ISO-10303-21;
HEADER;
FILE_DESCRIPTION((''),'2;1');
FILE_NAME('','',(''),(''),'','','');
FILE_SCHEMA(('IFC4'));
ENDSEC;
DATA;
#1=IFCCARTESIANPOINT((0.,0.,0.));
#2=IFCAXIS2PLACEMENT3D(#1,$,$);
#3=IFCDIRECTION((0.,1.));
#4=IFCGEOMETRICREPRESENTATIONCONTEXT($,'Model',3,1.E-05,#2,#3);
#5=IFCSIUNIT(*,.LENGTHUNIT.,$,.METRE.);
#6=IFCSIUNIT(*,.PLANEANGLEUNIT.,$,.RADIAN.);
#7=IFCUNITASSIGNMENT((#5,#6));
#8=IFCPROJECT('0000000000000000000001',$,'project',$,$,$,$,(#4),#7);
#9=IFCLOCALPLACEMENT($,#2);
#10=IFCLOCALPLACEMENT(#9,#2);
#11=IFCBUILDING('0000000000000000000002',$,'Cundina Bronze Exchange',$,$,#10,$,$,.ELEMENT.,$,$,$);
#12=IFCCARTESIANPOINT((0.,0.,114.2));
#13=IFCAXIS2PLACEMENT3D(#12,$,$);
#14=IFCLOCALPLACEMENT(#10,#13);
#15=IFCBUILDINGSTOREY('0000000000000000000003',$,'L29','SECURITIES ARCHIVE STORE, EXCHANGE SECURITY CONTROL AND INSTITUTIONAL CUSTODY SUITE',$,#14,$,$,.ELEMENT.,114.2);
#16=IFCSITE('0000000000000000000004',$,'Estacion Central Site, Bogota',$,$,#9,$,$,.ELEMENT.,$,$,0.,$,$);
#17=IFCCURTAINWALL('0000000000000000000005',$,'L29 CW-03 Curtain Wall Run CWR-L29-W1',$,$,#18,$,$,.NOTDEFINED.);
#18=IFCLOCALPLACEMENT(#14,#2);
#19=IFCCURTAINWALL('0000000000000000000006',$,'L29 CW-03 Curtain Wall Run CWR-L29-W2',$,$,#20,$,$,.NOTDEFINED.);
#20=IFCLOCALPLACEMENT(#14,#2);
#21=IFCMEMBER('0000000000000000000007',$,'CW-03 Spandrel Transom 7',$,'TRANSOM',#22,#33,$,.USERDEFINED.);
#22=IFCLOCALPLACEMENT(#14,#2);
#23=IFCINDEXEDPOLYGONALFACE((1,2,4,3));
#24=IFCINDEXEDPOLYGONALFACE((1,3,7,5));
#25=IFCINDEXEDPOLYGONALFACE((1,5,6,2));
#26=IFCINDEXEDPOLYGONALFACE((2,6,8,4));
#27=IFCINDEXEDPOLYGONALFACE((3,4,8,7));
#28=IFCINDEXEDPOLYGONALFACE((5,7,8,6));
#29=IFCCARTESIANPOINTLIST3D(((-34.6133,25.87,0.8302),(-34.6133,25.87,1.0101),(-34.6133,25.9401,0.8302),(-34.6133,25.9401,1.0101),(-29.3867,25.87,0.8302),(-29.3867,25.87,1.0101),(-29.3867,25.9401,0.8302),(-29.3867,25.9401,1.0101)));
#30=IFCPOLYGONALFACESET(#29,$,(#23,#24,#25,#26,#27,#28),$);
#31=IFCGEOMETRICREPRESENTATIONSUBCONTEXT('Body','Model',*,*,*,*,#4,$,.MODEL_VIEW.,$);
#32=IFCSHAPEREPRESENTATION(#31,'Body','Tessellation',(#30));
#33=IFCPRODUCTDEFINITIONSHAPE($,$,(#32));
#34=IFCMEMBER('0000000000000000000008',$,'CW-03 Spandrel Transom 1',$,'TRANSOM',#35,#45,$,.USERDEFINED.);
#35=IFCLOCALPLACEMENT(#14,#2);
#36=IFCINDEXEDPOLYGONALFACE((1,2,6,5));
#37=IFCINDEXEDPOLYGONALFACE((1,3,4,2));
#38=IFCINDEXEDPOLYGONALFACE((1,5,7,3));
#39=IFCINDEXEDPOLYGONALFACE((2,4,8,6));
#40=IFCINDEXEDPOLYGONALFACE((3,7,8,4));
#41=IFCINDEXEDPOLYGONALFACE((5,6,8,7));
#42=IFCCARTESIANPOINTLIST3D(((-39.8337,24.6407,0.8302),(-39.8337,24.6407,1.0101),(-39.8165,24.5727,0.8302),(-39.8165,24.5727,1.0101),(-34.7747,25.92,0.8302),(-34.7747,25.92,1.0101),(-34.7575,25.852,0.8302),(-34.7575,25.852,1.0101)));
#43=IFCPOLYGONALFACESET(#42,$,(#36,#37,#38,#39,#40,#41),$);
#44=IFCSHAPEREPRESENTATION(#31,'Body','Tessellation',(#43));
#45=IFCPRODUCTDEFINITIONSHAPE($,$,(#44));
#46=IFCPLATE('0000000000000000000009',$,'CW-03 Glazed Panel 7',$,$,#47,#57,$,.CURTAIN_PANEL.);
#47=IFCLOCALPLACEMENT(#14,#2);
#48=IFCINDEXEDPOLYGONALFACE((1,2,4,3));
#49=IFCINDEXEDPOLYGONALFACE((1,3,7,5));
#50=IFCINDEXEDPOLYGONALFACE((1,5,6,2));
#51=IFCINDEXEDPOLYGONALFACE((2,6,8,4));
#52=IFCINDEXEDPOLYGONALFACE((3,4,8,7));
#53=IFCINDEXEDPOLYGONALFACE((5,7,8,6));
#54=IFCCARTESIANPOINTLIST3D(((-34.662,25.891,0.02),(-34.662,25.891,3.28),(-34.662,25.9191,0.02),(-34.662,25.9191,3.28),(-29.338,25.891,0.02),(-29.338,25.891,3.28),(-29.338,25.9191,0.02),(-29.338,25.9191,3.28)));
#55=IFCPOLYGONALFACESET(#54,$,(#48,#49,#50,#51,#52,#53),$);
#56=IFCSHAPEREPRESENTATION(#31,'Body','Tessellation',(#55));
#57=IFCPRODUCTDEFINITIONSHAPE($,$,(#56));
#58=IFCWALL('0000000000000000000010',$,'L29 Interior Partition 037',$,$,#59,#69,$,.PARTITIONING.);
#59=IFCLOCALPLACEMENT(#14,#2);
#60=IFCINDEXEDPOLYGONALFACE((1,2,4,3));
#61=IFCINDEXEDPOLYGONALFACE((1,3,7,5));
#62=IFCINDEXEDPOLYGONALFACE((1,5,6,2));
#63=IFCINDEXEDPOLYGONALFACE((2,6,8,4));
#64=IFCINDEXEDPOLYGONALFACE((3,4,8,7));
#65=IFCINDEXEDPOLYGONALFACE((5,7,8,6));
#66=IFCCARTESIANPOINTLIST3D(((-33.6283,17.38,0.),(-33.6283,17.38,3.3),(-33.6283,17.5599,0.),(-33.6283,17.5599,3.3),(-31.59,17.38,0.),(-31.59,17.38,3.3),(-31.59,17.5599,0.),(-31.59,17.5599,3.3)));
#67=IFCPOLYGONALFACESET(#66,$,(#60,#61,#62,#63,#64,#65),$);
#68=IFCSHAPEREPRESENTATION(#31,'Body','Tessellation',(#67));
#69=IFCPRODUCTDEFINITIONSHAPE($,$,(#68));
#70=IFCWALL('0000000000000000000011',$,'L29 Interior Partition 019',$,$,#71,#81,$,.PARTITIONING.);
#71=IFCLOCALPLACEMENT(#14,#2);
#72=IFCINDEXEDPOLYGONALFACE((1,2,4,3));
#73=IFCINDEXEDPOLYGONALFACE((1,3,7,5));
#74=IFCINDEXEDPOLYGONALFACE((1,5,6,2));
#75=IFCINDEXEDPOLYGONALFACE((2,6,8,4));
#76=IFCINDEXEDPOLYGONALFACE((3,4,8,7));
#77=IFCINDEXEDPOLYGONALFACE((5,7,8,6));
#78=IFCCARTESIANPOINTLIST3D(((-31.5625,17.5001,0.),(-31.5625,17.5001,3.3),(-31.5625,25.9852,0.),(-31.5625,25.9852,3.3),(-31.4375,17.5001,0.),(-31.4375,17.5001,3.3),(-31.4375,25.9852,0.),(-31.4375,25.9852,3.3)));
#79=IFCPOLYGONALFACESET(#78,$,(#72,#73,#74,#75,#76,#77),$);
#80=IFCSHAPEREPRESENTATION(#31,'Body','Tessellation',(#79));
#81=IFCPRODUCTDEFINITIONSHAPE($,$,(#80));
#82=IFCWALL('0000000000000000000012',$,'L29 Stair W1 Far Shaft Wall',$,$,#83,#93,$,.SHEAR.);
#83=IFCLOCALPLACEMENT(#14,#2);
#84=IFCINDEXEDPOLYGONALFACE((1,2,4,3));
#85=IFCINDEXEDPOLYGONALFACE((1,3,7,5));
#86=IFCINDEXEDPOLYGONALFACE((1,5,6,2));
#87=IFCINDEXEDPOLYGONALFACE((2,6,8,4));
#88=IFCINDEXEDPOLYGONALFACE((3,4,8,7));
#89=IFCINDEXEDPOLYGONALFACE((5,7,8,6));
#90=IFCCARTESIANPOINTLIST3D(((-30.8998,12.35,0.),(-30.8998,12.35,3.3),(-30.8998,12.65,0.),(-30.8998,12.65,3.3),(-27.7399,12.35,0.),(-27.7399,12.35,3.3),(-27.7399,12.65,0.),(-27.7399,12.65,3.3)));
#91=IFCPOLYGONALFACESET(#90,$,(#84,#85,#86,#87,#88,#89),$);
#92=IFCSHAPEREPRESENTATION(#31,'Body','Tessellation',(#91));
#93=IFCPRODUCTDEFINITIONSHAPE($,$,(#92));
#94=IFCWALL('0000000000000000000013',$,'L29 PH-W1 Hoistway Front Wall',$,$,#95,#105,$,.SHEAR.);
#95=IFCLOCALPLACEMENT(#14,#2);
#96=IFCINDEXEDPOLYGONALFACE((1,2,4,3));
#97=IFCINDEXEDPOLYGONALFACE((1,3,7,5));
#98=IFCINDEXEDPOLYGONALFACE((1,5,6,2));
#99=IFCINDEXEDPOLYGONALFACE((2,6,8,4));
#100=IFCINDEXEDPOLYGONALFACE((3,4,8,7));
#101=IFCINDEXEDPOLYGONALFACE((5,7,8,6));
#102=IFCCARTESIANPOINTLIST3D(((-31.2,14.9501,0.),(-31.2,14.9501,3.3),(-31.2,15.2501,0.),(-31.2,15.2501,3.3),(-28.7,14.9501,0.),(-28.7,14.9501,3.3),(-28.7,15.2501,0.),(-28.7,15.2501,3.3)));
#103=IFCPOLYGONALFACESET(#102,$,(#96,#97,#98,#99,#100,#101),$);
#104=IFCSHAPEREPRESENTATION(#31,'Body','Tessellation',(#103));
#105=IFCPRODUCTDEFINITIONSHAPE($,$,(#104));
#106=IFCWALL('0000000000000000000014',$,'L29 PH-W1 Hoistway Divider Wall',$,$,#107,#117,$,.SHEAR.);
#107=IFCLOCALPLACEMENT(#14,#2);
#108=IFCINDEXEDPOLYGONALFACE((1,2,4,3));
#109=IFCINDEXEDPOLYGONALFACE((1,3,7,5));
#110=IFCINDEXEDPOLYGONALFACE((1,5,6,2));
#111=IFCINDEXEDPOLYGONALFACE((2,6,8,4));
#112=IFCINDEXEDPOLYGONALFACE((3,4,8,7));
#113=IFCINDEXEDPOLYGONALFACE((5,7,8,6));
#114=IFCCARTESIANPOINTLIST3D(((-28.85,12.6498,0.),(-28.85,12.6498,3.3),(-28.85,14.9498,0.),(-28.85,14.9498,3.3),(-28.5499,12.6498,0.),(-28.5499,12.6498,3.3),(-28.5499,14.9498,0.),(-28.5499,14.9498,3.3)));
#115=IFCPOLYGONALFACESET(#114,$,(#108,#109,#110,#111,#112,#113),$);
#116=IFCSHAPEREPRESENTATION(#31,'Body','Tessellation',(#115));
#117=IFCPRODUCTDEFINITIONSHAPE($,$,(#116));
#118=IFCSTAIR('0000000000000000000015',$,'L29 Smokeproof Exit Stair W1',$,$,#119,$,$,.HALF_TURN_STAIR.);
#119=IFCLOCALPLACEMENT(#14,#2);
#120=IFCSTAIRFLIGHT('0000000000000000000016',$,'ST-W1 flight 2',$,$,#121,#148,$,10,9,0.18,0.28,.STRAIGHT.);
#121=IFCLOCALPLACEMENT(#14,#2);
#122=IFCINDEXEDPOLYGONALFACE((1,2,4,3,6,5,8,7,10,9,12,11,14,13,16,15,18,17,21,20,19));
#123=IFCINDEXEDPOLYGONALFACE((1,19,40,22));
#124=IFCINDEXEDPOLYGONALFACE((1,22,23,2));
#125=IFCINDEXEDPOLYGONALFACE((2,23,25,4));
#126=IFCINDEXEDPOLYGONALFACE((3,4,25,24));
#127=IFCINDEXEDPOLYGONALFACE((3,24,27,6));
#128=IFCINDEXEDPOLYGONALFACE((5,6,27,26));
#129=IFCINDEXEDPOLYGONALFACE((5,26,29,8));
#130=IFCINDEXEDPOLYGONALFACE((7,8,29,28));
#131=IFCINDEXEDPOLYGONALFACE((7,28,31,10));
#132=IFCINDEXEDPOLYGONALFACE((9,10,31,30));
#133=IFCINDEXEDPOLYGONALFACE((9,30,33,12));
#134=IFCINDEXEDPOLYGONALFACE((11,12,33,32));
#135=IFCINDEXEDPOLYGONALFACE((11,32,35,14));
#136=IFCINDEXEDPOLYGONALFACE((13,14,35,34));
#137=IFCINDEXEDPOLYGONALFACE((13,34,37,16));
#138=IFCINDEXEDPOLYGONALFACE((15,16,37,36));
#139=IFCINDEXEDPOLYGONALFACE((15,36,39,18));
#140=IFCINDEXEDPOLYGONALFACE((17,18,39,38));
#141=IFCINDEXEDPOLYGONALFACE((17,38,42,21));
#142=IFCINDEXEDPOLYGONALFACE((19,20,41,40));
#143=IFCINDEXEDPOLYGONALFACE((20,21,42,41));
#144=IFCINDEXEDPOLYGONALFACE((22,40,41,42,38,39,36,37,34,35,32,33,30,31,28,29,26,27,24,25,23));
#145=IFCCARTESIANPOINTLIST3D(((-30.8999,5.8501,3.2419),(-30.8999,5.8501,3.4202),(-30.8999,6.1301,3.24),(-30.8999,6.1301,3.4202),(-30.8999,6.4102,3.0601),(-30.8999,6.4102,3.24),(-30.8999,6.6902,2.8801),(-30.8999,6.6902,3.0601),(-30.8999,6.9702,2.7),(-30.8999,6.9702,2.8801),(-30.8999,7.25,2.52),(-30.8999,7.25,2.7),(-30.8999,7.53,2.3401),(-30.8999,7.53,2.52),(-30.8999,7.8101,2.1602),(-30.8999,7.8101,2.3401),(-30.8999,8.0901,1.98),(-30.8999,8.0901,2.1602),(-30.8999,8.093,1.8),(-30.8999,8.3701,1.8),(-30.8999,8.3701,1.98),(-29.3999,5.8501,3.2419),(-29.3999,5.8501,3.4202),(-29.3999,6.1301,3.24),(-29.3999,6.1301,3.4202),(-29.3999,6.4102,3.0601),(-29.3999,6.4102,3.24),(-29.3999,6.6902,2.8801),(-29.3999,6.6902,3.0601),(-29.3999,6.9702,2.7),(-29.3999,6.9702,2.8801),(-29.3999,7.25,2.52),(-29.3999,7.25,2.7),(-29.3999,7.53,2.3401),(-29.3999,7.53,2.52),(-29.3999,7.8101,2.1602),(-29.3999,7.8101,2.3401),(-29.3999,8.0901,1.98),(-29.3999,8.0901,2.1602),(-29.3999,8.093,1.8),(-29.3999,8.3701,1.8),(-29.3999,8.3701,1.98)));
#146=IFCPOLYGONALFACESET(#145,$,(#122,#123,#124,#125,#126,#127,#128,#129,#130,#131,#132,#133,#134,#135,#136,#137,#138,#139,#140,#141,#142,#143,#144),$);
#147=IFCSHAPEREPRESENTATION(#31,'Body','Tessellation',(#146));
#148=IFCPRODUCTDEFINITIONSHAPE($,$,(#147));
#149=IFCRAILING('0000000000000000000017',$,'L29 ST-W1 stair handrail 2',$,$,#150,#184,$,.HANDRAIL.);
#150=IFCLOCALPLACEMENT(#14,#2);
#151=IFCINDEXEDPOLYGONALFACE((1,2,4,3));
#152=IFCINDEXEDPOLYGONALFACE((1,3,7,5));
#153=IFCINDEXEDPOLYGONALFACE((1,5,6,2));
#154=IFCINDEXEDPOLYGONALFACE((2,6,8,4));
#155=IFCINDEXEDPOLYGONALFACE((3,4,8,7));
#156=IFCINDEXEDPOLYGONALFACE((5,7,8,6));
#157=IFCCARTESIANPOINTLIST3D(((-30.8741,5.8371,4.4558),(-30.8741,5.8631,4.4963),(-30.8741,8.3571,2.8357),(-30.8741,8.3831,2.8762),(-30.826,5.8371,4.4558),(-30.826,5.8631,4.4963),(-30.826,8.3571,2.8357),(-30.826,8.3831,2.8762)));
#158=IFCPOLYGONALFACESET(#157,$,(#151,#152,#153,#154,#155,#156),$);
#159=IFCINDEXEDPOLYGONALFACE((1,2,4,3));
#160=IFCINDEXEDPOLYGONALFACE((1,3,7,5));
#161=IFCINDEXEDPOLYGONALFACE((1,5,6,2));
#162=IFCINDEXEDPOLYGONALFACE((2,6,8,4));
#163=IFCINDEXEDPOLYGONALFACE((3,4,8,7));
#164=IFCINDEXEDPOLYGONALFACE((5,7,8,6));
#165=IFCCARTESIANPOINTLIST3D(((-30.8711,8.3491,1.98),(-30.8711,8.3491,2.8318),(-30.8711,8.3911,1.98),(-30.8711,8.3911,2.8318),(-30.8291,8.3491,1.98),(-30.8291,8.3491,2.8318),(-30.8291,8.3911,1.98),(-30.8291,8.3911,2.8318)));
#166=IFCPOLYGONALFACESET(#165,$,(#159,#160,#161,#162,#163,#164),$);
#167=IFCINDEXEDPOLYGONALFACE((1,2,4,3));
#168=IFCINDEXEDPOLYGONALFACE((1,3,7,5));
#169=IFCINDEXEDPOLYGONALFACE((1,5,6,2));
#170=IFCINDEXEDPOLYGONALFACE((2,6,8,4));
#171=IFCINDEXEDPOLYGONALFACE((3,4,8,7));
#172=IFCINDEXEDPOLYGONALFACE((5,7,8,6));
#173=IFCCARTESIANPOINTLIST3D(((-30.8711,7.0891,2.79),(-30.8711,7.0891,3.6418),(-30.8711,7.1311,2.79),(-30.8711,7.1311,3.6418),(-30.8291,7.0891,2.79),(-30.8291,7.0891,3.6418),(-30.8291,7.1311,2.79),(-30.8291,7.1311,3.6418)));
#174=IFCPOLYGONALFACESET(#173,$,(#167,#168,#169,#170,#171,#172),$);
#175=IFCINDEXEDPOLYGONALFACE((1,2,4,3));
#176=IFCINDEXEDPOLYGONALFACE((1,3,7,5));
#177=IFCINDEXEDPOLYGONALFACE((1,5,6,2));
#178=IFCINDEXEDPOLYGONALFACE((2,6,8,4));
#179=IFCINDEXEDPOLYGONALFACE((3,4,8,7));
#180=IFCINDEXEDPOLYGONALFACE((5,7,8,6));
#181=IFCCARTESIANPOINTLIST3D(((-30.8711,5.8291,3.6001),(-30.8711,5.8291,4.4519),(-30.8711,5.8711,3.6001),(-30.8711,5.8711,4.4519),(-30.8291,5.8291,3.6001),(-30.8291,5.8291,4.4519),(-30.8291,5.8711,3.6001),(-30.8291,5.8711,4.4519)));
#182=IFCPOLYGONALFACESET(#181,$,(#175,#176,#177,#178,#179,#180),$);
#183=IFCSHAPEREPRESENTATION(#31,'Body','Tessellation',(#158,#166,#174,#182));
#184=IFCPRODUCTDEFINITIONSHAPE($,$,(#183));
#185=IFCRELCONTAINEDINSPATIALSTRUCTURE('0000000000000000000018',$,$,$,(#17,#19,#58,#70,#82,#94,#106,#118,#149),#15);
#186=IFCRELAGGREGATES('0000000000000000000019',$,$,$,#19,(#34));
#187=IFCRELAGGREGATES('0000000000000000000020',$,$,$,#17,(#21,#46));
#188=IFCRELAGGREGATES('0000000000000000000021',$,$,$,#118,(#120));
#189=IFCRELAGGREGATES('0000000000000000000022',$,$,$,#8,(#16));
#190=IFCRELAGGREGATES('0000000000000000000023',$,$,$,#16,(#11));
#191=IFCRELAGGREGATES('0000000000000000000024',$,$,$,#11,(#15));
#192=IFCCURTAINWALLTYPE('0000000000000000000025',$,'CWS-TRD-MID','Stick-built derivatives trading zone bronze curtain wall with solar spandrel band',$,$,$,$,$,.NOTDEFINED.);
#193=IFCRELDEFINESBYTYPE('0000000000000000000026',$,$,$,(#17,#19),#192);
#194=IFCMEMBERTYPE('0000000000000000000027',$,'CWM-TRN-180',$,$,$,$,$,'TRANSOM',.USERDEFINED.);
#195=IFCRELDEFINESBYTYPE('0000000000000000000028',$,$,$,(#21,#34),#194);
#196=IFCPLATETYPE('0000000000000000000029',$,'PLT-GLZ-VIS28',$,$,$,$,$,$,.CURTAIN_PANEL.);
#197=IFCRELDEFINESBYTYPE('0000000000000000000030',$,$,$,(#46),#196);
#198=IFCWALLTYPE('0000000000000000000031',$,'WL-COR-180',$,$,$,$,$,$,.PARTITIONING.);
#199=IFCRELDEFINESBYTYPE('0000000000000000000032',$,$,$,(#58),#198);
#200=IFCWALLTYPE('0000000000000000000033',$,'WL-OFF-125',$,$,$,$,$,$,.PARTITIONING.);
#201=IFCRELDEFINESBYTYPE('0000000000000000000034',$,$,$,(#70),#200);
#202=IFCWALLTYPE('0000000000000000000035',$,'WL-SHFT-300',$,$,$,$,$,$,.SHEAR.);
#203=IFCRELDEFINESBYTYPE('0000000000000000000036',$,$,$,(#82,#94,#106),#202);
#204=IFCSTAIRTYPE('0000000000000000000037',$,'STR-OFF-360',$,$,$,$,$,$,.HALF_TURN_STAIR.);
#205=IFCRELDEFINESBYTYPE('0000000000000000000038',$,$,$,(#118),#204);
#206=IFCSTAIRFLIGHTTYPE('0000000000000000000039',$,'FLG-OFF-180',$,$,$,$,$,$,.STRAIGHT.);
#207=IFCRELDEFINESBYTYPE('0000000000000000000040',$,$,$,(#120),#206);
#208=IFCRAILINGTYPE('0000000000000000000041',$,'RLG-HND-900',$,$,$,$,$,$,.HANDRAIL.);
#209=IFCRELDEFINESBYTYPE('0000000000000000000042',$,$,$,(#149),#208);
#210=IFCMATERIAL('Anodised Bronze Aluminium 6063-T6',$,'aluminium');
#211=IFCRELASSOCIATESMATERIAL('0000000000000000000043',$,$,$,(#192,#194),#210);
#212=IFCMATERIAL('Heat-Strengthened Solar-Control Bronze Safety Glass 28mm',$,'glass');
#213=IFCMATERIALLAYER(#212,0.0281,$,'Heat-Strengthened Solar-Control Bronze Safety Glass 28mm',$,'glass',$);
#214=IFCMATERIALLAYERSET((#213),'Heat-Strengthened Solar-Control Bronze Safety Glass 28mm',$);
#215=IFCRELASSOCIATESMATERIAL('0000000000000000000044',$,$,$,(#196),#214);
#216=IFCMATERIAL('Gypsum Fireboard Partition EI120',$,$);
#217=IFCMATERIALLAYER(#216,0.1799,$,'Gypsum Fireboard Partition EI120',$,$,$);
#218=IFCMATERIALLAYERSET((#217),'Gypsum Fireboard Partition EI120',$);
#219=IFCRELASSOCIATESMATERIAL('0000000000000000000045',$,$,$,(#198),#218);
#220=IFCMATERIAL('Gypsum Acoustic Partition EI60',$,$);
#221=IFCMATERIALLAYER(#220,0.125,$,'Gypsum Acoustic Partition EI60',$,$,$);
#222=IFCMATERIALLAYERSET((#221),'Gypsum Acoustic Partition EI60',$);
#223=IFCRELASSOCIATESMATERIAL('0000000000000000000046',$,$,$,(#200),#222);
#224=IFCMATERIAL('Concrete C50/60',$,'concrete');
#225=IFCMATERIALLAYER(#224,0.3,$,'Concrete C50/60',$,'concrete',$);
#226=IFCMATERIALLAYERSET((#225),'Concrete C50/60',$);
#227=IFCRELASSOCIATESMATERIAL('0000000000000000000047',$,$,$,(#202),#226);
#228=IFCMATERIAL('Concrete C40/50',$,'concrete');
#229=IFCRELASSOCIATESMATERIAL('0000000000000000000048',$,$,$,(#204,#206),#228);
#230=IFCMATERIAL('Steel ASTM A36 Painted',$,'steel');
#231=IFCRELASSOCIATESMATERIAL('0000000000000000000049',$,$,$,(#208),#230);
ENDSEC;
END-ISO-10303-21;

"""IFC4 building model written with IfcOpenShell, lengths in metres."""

from ifc_helpers import new_model, si_unit, direction, frame, frame_2d, origin, origin_2d, place, context, subcontext, project, spatial, polyline, rectangle, outline, extrude, material, layer, layer_set, material_profile, profile_set, type_object, element, aggregate, save


model = new_model("IFC4")

# Units and contexts
model_context = context("Model", 3, precision=1e-05, world=origin(), true_north=direction((0.0, 1.0)))
body_context = subcontext(model_context, "Body", "Model", "MODEL_VIEW")
ifc_project = project(units=[si_unit("LENGTHUNIT", "METRE"), si_unit("PLANEANGLEUNIT", "RADIAN")], contexts=[model_context])

# Site, building, storey
site_placement = place(None, origin())
site = spatial("IfcSite", under=ifc_project, at=site_placement, Name="Estacion Central Site, Bogota", CompositionType="ELEMENT", RefElevation=0.0)
building_placement = place(site_placement, origin())
building = spatial("IfcBuilding", under=site, at=building_placement, Name="Cundina Bronze Exchange", CompositionType="ELEMENT")
storey_placement = place(building_placement, frame((0.0, 0.0, 114.2)))
storey = spatial("IfcBuildingStorey", under=building, at=storey_placement, Name="L29", Description="SECURITIES ARCHIVE STORE, EXCHANGE SECURITY CONTROL AND INSTITUTIONAL CUSTODY SUITE", CompositionType="ELEMENT", Elevation=114.2)

# Curtain wall
ifc_material_1 = material(Name="Anodised Bronze Aluminium 6063-T6", Category="aluminium")
curtain_wall_type = type_object("IfcCurtainWallType", Name="CWS-TRD-MID", Description="Stick-built derivatives trading zone bronze curtain wall with solar spandrel band", PredefinedType="NOTDEFINED", material=ifc_material_1)
curtain_wall_1_placement = place(storey_placement, origin())
curtain_wall_1 = element("IfcCurtainWall", 1, at=curtain_wall_1_placement, inside=storey, type_object=curtain_wall_type, Name="L29 CW-03 Curtain Wall Run CWR-L29-W1", PredefinedType="NOTDEFINED")

# Curtain wall
curtain_wall_2_placement = place(storey_placement, origin())
curtain_wall_2 = element("IfcCurtainWall", 2, at=curtain_wall_2_placement, inside=storey, type_object=curtain_wall_type, Name="L29 CW-03 Curtain Wall Run CWR-L29-W2", PredefinedType="NOTDEFINED")

# Members
ifc_material_profile_1 = material_profile(ifc_material_1, rectangle(XDim=0.0701, YDim=0.1799, at=origin_2d()), Name="AL70X180", Category="aluminium")
ifc_profile_set_1 = profile_set([ifc_material_profile_1], Name="Anodised Bronze Aluminium 6063-T6")
member_type_1 = type_object("IfcMemberType", Name="CWM-TRN-180", ElementType="TRANSOM", PredefinedType="USERDEFINED", material=ifc_profile_set_1)
member_1_placement = place(storey_placement, frame((-29.3867, 25.905, 0.9202), z_axis=(-1.0, 0.0, 0.0), x_axis=(0.0, -1.0, 0.0)))
member_1 = element("IfcMember", 3, at=member_1_placement, type_object=member_type_1, Name="CW-03 Spandrel Transom 7", ObjectType="TRANSOM", PredefinedType="USERDEFINED", context=body_context, shape_type="SweptSolid", body=[
    extrude(rectangle(XDim=0.0701, YDim=0.1799, at=origin_2d()), origin(), (0.0, 0.0, 1.0), 5.2266),
])
member_2_placement = place(storey_placement, frame((-34.7661, 25.886, 0.9202), z_axis=(-0.969484, -0.245155, 0.0), x_axis=(0.245155, -0.969484, 0.0)))
member_2 = element("IfcMember", 4, at=member_2_placement, type_object=member_type_1, Name="CW-03 Spandrel Transom 1", ObjectType="TRANSOM", PredefinedType="USERDEFINED", context=body_context, shape_type="SweptSolid", body=[
    extrude(rectangle(XDim=0.0701, YDim=0.1799, at=origin_2d()), origin(), (0.0, 0.0, 1.0), 5.2183),
])
aggregate(curtain_wall_2, [member_2])

# Plate
ifc_material_2 = material(Name="Heat-Strengthened Solar-Control Bronze Safety Glass 28mm", Category="glass")
ifc_layer_1 = layer(ifc_material_2, 0.0281, Name="Heat-Strengthened Solar-Control Bronze Safety Glass 28mm", Category="glass")
ifc_layer_set_1 = layer_set([ifc_layer_1], Name="Heat-Strengthened Solar-Control Bronze Safety Glass 28mm")
plate_type = type_object("IfcPlateType", Name="PLT-GLZ-VIS28", PredefinedType="CURTAIN_PANEL", material=ifc_layer_set_1)
plate_placement = place(storey_placement, frame((-32.0, 25.905, 0.02), z_axis=(0.0, 0.0, 1.0), x_axis=(-1.0, 0.0, 0.0)))
plate = element("IfcPlate", 5, at=plate_placement, type_object=plate_type, Name="CW-03 Glazed Panel 7", PredefinedType="CURTAIN_PANEL", context=body_context, shape_type="SweptSolid", body=[
    extrude(rectangle(XDim=5.324, YDim=0.0281, at=origin_2d()), origin(), (0.0, 0.0, 1.0), 3.26),
])
aggregate(curtain_wall_1, [member_1, plate])

# Shared definitions
ifc_material_3 = material(Name="Gypsum Fireboard Partition EI120")
ifc_layer_2 = layer(ifc_material_3, 0.1799, Name="Gypsum Fireboard Partition EI120")
ifc_layer_set_2 = layer_set([ifc_layer_2], Name="Gypsum Fireboard Partition EI120")
wall_type_1 = type_object("IfcWallType", Name="WL-COR-180", PredefinedType="PARTITIONING", material=ifc_layer_set_2)

# Walls
wall_1_placement = place(storey_placement, frame((-31.5901, 17.47, 0.0), z_axis=(0.0, 0.0, 1.0), x_axis=(-1.0, 0.0, 0.0)))
element("IfcWall", 6, at=wall_1_placement, inside=storey, type_object=wall_type_1, Name="L29 Interior Partition 037", PredefinedType="PARTITIONING", context=body_context, shape_type="SweptSolid", body=[
    extrude(rectangle(XDim=2.0383, YDim=0.1799, at=frame_2d((1.019, 0.0))), origin(), (0.0, 0.0, 1.0), 3.3),
])
ifc_material_4 = material(Name="Gypsum Acoustic Partition EI60")
ifc_layer_3 = layer(ifc_material_4, 0.125, Name="Gypsum Acoustic Partition EI60")
ifc_layer_set_3 = layer_set([ifc_layer_3], Name="Gypsum Acoustic Partition EI60")
wall_type_2 = type_object("IfcWallType", Name="WL-OFF-125", PredefinedType="PARTITIONING", material=ifc_layer_set_3)
wall_2_placement = place(storey_placement, frame((-31.5, 17.5, 0.0), z_axis=(0.0, 0.0, 1.0), x_axis=(0.0, 1.0, 0.0)))
element("IfcWall", 7, at=wall_2_placement, inside=storey, type_object=wall_type_2, Name="L29 Interior Partition 019", PredefinedType="PARTITIONING", context=body_context, shape_type="SweptSolid", body=[
    extrude(rectangle(XDim=8.4851, YDim=0.125, at=frame_2d((4.2427, 0.0))), origin(), (0.0, 0.0, 1.0), 3.3),
])

# Shared definitions
ifc_material_5 = material(Name="Concrete C50/60", Category="concrete")
ifc_layer_4 = layer(ifc_material_5, 0.3, Name="Concrete C50/60", Category="concrete")
ifc_layer_set_4 = layer_set([ifc_layer_4], Name="Concrete C50/60")
wall_type_3 = type_object("IfcWallType", Name="WL-SHFT-300", PredefinedType="SHEAR", material=ifc_layer_set_4)
ifc_material_6 = material(Name="Steel ASTM A36 Painted", Category="steel")

# Walls
wall_3_placement = place(storey_placement, frame((-30.8999, 12.5, 0.0), z_axis=(0.0, 0.0, 1.0), x_axis=(1.0, 0.0, 0.0)))
element("IfcWall", 8, at=wall_3_placement, inside=storey, type_object=wall_type_3, Name="L29 Stair W1 Far Shaft Wall", PredefinedType="SHEAR", context=body_context, shape_type="SweptSolid", body=[
    extrude(rectangle(XDim=3.1599, YDim=0.3, at=frame_2d((1.5801, 0.0))), origin(), (0.0, 0.0, 1.0), 3.3),
])
wall_4_placement = place(storey_placement, frame((-31.2, 15.1001, 0.0), z_axis=(0.0, 0.0, 1.0), x_axis=(1.0, 0.0, 0.0)))
element("IfcWall", 9, at=wall_4_placement, inside=storey, type_object=wall_type_3, Name="L29 PH-W1 Hoistway Front Wall", PredefinedType="SHEAR", context=body_context, shape_type="SweptSolid", body=[
    extrude(rectangle(XDim=2.5, YDim=0.3, at=frame_2d((1.25, 0.0))), origin(), (0.0, 0.0, 1.0), 3.3),
])
wall_5_placement = place(storey_placement, frame((-28.7, 12.6499, 0.0), z_axis=(0.0, 0.0, 1.0), x_axis=(0.0, 1.0, 0.0)))
element("IfcWall", 10, at=wall_5_placement, inside=storey, type_object=wall_type_3, Name="L29 PH-W1 Hoistway Divider Wall", PredefinedType="SHEAR", context=body_context, shape_type="SweptSolid", body=[
    extrude(rectangle(XDim=2.3, YDim=0.3, at=frame_2d((1.1499, 0.0))), origin(), (0.0, 0.0, 1.0), 3.3),
])

# Stair, stair flight
ifc_material_7 = material(Name="Concrete C40/50", Category="concrete")
stair_type = type_object("IfcStairType", Name="STR-OFF-360", PredefinedType="HALF_TURN_STAIR", material=ifc_material_7)
stair_placement = place(storey_placement, origin())
stair = element("IfcStair", 11, at=stair_placement, inside=storey, type_object=stair_type, Name="L29 Smokeproof Exit Stair W1", PredefinedType="HALF_TURN_STAIR")
stair_flight_type = type_object("IfcStairFlightType", Name="FLG-OFF-180", PredefinedType="STRAIGHT", material=ifc_material_7)
stair_flight_placement = place(storey_placement, frame((-30.1499, 8.3701, 1.8), z_axis=(0.0, 0.0, 1.0), x_axis=(0.0, -1.0, 0.0)))
stair_flight = element("IfcStairFlight", 12, at=stair_flight_placement, type_object=stair_flight_type, Name="ST-W1 flight 2", NumberOfRisers=10, NumberOfTreads=9, PredefinedType="STRAIGHT", RiserHeight=0.18, TreadLength=0.28, context=body_context, shape_type="SweptSolid", body=[
    extrude(outline(polyline([(0.0, 0.0), (0.0, 0.1799), (0.28, 0.1799), (0.28, 0.3601), (0.5601, 0.3601), (0.5601, 0.54), (0.8401, 0.54), (0.8401, 0.72), (1.1201, 0.72), (1.1201, 0.8999), (1.3999, 0.8999), (1.3999, 1.0801), (1.6799, 1.0801), (1.6799, 1.26), (1.96, 1.26), (1.96, 1.4399), (2.24, 1.4399), (2.24, 1.6201), (2.52, 1.6201), (2.52, 1.8), (2.52, 1.4419), (0.2771, 0.0), (0.0, 0.0)])), frame((0.0, 0.75, 0.0), z_axis=(0.0, -1.0, 0.0), x_axis=(1.0, 0.0, 0.0)), (0.0, 0.0, 1.0), 1.5),
])
aggregate(stair, [stair_flight])

# Railing
railing_type_1 = type_object("IfcRailingType", Name="RLG-HND-900", PredefinedType="HANDRAIL", material=ifc_material_6)
railing_1_placement = place(storey_placement, frame((-30.8501, 8.3701, 1.98)))
element("IfcRailing", 13, at=railing_1_placement, inside=storey, type_object=railing_type_1, Name="L29 ST-W1 stair handrail 2", PredefinedType="HANDRAIL", context=body_context, shape_type="SweptSolid", body=[
    extrude(rectangle(XDim=0.0481, YDim=0.0481, at=origin_2d()), frame((0.0, 0.0, 0.876), z_axis=(0.0, -0.841163, 0.540782), x_axis=(1.0, 0.0, 0.0)), (0.0, 0.0, 1.0), 2.9958),
    extrude(rectangle(XDim=0.042, YDim=0.042, at=origin_2d()), origin(), (0.0, 0.0, 1.0), 0.8518),
    extrude(rectangle(XDim=0.042, YDim=0.042, at=origin_2d()), frame((0.0, -1.26, 0.8101)), (0.0, 0.0, 1.0), 0.8518),
    extrude(rectangle(XDim=0.042, YDim=0.042, at=origin_2d()), frame((0.0, -2.52, 1.6201)), (0.0, 0.0, 1.0), 0.8518),
])

save(model, "model.ifc")
